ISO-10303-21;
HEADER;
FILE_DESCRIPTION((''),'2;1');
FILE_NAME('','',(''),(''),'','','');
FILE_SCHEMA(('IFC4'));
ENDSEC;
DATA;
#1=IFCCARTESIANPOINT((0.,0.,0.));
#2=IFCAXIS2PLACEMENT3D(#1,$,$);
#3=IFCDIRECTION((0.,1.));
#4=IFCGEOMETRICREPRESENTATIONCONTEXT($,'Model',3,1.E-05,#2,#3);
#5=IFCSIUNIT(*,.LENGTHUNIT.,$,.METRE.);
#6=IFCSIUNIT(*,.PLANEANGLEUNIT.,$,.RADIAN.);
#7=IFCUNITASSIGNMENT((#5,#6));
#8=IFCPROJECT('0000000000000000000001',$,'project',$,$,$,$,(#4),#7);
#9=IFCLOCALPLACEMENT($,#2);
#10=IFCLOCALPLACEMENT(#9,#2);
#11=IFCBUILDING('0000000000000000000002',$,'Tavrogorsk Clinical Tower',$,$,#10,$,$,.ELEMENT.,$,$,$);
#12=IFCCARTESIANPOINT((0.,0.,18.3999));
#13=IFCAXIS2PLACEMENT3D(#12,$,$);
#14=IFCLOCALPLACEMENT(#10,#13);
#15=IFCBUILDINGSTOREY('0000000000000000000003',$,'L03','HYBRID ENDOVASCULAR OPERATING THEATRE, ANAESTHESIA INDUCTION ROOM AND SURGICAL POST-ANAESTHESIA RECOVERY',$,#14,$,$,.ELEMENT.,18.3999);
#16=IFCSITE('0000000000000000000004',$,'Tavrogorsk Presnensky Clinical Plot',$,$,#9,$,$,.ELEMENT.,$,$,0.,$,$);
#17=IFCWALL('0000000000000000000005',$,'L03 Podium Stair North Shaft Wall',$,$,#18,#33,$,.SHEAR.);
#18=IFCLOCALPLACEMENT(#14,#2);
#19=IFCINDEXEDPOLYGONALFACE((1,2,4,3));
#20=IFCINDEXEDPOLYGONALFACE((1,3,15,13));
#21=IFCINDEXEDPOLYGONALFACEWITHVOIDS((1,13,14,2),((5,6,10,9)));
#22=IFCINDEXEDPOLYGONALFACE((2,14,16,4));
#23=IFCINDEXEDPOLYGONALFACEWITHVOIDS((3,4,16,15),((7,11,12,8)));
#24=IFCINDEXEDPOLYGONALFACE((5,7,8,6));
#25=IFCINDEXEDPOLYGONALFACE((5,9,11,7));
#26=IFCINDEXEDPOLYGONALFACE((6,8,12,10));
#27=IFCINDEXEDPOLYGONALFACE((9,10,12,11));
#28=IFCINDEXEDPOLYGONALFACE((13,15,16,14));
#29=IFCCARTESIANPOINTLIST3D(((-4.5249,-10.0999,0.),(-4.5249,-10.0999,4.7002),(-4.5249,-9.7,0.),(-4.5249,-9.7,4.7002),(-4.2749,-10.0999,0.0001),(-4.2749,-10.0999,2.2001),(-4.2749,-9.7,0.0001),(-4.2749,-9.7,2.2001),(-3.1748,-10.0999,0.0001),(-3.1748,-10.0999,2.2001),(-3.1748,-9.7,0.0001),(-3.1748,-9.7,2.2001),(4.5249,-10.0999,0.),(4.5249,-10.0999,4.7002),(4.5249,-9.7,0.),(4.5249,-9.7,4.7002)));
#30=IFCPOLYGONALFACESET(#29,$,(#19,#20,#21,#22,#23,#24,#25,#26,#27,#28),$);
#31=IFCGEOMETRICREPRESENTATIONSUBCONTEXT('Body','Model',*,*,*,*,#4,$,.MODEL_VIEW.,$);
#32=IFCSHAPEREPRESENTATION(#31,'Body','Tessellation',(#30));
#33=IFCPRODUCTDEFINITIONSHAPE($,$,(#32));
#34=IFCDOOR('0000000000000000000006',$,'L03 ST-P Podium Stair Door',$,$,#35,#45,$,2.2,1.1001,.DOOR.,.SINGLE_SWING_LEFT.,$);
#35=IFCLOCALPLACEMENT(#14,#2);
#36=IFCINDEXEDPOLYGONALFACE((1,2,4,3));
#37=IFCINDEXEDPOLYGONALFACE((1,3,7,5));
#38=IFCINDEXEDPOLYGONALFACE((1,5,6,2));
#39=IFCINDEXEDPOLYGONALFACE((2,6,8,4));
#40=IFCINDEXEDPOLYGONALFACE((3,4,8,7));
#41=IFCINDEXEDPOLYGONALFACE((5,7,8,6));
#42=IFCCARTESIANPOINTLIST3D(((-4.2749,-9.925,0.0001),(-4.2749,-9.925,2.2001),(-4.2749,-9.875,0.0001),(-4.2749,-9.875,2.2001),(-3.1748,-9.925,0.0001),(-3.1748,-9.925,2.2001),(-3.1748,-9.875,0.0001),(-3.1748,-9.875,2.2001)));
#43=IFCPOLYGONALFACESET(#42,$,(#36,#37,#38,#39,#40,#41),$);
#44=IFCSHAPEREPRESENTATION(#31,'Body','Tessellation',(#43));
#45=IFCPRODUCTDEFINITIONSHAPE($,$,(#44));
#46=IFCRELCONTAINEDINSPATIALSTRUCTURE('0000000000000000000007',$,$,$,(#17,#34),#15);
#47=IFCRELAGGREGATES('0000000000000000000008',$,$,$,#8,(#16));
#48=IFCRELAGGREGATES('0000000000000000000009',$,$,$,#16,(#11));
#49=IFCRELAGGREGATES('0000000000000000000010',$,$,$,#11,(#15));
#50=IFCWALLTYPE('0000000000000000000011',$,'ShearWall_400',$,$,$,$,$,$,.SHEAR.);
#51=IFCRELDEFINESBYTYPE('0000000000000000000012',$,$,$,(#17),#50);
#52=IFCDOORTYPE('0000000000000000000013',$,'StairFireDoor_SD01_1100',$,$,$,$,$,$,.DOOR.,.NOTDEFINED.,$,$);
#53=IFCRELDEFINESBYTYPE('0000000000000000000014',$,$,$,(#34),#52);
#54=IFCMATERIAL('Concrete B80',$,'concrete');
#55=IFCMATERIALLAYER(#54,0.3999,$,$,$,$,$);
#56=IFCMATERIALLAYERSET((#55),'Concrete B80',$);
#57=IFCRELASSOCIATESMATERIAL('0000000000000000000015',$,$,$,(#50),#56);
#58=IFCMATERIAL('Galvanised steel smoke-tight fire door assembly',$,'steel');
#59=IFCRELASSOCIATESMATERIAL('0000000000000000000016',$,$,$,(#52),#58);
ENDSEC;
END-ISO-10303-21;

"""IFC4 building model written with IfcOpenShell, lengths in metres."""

from ifc_helpers import new_model, si_unit, direction, frame, frame_2d, origin, place, context, subcontext, project, spatial, rectangle, extrude, material, layer, layer_set, type_object, element, fill, save


model = new_model("IFC4")

# Units and contexts
model_context = context("Model", 3, precision=1e-05, world=origin(), true_north=direction((0.0, 1.0)))
body_context = subcontext(model_context, "Body", "Model", "MODEL_VIEW")
ifc_project = project(units=[si_unit("LENGTHUNIT", "METRE"), si_unit("PLANEANGLEUNIT", "RADIAN")], contexts=[model_context])

# Site, building, storey
site_placement = place(None, origin())
site = spatial("IfcSite", under=ifc_project, at=site_placement, Name="Tavrogorsk Presnensky Clinical Plot", CompositionType="ELEMENT", RefElevation=0.0)
building_placement = place(site_placement, origin())
building = spatial("IfcBuilding", under=site, at=building_placement, Name="Tavrogorsk Clinical Tower", CompositionType="ELEMENT")
storey_placement = place(building_placement, frame((0.0, 0.0, 18.3999)))
storey = spatial("IfcBuildingStorey", under=building, at=storey_placement, Name="L03", Description="HYBRID ENDOVASCULAR OPERATING THEATRE, ANAESTHESIA INDUCTION ROOM AND SURGICAL POST-ANAESTHESIA RECOVERY", CompositionType="ELEMENT", Elevation=18.3999)

# Wall, opening, door
ifc_material_1 = material(Name="Concrete B80", Category="concrete")
ifc_layer_1 = layer(ifc_material_1, 0.3999)
ifc_layer_set_1 = layer_set([ifc_layer_1], Name="Concrete B80")
wall_type_1 = type_object("IfcWallType", Name="ShearWall_400", PredefinedType="SHEAR", material=ifc_layer_set_1)
wall_1_placement = place(storey_placement, frame((-4.5249, -9.8999, 0.0), z_axis=(0.0, 0.0, 1.0), x_axis=(1.0, 0.0, 0.0)))
wall_1 = element("IfcWall", 1, at=wall_1_placement, inside=storey, type_object=wall_type_1, Name="L03 Podium Stair North Shaft Wall", PredefinedType="SHEAR", context=body_context, shape_type="SweptSolid", body=[
    extrude(rectangle(XDim=9.0498, YDim=0.3999, at=frame_2d((4.5249, 0.0))), origin(), (0.0, 0.0, 1.0), 4.7002),
])
opening_1_placement = place(wall_1_placement, frame((0.25, 0.0, 0.0)))
opening_1 = element("IfcOpeningElement", 2, at=opening_1_placement, cuts=wall_1, PredefinedType="OPENING", context=body_context, shape_type="SweptSolid", body=[
    extrude(rectangle(XDim=1.1001, YDim=2.2, at=frame_2d((0.55, 1.1001))), frame((0.0, 0.21, 0.0), z_axis=(0.0, -1.0, 0.0), x_axis=(1.0, 0.0, 0.0)), (0.0, 0.0, 1.0), 0.4199),
])
ifc_material_2 = material(Name="Galvanised steel smoke-tight fire door assembly", Category="steel")
door_type_1 = type_object("IfcDoorType", Name="StairFireDoor_SD01_1100", OperationType="NOTDEFINED", PredefinedType="DOOR", material=ifc_material_2)
door_1_placement = place(opening_1_placement, origin())
door_1 = element("IfcDoor", 3, at=door_1_placement, inside=storey, type_object=door_type_1, Name="L03 ST-P Podium Stair Door", OperationType="SINGLE_SWING_LEFT", OverallHeight=2.2, OverallWidth=1.1001, PredefinedType="DOOR", context=body_context, shape_type="SweptSolid", body=[
    extrude(rectangle(XDim=1.1001, YDim=2.2, at=frame_2d((0.55, 1.1001))), frame((0.0, 0.0249, 0.0), z_axis=(0.0, -1.0, 0.0), x_axis=(1.0, 0.0, 0.0)), (0.0, 0.0, 1.0), 0.05),
])
fill(opening_1, door_1)

save(model, "model.ifc")
